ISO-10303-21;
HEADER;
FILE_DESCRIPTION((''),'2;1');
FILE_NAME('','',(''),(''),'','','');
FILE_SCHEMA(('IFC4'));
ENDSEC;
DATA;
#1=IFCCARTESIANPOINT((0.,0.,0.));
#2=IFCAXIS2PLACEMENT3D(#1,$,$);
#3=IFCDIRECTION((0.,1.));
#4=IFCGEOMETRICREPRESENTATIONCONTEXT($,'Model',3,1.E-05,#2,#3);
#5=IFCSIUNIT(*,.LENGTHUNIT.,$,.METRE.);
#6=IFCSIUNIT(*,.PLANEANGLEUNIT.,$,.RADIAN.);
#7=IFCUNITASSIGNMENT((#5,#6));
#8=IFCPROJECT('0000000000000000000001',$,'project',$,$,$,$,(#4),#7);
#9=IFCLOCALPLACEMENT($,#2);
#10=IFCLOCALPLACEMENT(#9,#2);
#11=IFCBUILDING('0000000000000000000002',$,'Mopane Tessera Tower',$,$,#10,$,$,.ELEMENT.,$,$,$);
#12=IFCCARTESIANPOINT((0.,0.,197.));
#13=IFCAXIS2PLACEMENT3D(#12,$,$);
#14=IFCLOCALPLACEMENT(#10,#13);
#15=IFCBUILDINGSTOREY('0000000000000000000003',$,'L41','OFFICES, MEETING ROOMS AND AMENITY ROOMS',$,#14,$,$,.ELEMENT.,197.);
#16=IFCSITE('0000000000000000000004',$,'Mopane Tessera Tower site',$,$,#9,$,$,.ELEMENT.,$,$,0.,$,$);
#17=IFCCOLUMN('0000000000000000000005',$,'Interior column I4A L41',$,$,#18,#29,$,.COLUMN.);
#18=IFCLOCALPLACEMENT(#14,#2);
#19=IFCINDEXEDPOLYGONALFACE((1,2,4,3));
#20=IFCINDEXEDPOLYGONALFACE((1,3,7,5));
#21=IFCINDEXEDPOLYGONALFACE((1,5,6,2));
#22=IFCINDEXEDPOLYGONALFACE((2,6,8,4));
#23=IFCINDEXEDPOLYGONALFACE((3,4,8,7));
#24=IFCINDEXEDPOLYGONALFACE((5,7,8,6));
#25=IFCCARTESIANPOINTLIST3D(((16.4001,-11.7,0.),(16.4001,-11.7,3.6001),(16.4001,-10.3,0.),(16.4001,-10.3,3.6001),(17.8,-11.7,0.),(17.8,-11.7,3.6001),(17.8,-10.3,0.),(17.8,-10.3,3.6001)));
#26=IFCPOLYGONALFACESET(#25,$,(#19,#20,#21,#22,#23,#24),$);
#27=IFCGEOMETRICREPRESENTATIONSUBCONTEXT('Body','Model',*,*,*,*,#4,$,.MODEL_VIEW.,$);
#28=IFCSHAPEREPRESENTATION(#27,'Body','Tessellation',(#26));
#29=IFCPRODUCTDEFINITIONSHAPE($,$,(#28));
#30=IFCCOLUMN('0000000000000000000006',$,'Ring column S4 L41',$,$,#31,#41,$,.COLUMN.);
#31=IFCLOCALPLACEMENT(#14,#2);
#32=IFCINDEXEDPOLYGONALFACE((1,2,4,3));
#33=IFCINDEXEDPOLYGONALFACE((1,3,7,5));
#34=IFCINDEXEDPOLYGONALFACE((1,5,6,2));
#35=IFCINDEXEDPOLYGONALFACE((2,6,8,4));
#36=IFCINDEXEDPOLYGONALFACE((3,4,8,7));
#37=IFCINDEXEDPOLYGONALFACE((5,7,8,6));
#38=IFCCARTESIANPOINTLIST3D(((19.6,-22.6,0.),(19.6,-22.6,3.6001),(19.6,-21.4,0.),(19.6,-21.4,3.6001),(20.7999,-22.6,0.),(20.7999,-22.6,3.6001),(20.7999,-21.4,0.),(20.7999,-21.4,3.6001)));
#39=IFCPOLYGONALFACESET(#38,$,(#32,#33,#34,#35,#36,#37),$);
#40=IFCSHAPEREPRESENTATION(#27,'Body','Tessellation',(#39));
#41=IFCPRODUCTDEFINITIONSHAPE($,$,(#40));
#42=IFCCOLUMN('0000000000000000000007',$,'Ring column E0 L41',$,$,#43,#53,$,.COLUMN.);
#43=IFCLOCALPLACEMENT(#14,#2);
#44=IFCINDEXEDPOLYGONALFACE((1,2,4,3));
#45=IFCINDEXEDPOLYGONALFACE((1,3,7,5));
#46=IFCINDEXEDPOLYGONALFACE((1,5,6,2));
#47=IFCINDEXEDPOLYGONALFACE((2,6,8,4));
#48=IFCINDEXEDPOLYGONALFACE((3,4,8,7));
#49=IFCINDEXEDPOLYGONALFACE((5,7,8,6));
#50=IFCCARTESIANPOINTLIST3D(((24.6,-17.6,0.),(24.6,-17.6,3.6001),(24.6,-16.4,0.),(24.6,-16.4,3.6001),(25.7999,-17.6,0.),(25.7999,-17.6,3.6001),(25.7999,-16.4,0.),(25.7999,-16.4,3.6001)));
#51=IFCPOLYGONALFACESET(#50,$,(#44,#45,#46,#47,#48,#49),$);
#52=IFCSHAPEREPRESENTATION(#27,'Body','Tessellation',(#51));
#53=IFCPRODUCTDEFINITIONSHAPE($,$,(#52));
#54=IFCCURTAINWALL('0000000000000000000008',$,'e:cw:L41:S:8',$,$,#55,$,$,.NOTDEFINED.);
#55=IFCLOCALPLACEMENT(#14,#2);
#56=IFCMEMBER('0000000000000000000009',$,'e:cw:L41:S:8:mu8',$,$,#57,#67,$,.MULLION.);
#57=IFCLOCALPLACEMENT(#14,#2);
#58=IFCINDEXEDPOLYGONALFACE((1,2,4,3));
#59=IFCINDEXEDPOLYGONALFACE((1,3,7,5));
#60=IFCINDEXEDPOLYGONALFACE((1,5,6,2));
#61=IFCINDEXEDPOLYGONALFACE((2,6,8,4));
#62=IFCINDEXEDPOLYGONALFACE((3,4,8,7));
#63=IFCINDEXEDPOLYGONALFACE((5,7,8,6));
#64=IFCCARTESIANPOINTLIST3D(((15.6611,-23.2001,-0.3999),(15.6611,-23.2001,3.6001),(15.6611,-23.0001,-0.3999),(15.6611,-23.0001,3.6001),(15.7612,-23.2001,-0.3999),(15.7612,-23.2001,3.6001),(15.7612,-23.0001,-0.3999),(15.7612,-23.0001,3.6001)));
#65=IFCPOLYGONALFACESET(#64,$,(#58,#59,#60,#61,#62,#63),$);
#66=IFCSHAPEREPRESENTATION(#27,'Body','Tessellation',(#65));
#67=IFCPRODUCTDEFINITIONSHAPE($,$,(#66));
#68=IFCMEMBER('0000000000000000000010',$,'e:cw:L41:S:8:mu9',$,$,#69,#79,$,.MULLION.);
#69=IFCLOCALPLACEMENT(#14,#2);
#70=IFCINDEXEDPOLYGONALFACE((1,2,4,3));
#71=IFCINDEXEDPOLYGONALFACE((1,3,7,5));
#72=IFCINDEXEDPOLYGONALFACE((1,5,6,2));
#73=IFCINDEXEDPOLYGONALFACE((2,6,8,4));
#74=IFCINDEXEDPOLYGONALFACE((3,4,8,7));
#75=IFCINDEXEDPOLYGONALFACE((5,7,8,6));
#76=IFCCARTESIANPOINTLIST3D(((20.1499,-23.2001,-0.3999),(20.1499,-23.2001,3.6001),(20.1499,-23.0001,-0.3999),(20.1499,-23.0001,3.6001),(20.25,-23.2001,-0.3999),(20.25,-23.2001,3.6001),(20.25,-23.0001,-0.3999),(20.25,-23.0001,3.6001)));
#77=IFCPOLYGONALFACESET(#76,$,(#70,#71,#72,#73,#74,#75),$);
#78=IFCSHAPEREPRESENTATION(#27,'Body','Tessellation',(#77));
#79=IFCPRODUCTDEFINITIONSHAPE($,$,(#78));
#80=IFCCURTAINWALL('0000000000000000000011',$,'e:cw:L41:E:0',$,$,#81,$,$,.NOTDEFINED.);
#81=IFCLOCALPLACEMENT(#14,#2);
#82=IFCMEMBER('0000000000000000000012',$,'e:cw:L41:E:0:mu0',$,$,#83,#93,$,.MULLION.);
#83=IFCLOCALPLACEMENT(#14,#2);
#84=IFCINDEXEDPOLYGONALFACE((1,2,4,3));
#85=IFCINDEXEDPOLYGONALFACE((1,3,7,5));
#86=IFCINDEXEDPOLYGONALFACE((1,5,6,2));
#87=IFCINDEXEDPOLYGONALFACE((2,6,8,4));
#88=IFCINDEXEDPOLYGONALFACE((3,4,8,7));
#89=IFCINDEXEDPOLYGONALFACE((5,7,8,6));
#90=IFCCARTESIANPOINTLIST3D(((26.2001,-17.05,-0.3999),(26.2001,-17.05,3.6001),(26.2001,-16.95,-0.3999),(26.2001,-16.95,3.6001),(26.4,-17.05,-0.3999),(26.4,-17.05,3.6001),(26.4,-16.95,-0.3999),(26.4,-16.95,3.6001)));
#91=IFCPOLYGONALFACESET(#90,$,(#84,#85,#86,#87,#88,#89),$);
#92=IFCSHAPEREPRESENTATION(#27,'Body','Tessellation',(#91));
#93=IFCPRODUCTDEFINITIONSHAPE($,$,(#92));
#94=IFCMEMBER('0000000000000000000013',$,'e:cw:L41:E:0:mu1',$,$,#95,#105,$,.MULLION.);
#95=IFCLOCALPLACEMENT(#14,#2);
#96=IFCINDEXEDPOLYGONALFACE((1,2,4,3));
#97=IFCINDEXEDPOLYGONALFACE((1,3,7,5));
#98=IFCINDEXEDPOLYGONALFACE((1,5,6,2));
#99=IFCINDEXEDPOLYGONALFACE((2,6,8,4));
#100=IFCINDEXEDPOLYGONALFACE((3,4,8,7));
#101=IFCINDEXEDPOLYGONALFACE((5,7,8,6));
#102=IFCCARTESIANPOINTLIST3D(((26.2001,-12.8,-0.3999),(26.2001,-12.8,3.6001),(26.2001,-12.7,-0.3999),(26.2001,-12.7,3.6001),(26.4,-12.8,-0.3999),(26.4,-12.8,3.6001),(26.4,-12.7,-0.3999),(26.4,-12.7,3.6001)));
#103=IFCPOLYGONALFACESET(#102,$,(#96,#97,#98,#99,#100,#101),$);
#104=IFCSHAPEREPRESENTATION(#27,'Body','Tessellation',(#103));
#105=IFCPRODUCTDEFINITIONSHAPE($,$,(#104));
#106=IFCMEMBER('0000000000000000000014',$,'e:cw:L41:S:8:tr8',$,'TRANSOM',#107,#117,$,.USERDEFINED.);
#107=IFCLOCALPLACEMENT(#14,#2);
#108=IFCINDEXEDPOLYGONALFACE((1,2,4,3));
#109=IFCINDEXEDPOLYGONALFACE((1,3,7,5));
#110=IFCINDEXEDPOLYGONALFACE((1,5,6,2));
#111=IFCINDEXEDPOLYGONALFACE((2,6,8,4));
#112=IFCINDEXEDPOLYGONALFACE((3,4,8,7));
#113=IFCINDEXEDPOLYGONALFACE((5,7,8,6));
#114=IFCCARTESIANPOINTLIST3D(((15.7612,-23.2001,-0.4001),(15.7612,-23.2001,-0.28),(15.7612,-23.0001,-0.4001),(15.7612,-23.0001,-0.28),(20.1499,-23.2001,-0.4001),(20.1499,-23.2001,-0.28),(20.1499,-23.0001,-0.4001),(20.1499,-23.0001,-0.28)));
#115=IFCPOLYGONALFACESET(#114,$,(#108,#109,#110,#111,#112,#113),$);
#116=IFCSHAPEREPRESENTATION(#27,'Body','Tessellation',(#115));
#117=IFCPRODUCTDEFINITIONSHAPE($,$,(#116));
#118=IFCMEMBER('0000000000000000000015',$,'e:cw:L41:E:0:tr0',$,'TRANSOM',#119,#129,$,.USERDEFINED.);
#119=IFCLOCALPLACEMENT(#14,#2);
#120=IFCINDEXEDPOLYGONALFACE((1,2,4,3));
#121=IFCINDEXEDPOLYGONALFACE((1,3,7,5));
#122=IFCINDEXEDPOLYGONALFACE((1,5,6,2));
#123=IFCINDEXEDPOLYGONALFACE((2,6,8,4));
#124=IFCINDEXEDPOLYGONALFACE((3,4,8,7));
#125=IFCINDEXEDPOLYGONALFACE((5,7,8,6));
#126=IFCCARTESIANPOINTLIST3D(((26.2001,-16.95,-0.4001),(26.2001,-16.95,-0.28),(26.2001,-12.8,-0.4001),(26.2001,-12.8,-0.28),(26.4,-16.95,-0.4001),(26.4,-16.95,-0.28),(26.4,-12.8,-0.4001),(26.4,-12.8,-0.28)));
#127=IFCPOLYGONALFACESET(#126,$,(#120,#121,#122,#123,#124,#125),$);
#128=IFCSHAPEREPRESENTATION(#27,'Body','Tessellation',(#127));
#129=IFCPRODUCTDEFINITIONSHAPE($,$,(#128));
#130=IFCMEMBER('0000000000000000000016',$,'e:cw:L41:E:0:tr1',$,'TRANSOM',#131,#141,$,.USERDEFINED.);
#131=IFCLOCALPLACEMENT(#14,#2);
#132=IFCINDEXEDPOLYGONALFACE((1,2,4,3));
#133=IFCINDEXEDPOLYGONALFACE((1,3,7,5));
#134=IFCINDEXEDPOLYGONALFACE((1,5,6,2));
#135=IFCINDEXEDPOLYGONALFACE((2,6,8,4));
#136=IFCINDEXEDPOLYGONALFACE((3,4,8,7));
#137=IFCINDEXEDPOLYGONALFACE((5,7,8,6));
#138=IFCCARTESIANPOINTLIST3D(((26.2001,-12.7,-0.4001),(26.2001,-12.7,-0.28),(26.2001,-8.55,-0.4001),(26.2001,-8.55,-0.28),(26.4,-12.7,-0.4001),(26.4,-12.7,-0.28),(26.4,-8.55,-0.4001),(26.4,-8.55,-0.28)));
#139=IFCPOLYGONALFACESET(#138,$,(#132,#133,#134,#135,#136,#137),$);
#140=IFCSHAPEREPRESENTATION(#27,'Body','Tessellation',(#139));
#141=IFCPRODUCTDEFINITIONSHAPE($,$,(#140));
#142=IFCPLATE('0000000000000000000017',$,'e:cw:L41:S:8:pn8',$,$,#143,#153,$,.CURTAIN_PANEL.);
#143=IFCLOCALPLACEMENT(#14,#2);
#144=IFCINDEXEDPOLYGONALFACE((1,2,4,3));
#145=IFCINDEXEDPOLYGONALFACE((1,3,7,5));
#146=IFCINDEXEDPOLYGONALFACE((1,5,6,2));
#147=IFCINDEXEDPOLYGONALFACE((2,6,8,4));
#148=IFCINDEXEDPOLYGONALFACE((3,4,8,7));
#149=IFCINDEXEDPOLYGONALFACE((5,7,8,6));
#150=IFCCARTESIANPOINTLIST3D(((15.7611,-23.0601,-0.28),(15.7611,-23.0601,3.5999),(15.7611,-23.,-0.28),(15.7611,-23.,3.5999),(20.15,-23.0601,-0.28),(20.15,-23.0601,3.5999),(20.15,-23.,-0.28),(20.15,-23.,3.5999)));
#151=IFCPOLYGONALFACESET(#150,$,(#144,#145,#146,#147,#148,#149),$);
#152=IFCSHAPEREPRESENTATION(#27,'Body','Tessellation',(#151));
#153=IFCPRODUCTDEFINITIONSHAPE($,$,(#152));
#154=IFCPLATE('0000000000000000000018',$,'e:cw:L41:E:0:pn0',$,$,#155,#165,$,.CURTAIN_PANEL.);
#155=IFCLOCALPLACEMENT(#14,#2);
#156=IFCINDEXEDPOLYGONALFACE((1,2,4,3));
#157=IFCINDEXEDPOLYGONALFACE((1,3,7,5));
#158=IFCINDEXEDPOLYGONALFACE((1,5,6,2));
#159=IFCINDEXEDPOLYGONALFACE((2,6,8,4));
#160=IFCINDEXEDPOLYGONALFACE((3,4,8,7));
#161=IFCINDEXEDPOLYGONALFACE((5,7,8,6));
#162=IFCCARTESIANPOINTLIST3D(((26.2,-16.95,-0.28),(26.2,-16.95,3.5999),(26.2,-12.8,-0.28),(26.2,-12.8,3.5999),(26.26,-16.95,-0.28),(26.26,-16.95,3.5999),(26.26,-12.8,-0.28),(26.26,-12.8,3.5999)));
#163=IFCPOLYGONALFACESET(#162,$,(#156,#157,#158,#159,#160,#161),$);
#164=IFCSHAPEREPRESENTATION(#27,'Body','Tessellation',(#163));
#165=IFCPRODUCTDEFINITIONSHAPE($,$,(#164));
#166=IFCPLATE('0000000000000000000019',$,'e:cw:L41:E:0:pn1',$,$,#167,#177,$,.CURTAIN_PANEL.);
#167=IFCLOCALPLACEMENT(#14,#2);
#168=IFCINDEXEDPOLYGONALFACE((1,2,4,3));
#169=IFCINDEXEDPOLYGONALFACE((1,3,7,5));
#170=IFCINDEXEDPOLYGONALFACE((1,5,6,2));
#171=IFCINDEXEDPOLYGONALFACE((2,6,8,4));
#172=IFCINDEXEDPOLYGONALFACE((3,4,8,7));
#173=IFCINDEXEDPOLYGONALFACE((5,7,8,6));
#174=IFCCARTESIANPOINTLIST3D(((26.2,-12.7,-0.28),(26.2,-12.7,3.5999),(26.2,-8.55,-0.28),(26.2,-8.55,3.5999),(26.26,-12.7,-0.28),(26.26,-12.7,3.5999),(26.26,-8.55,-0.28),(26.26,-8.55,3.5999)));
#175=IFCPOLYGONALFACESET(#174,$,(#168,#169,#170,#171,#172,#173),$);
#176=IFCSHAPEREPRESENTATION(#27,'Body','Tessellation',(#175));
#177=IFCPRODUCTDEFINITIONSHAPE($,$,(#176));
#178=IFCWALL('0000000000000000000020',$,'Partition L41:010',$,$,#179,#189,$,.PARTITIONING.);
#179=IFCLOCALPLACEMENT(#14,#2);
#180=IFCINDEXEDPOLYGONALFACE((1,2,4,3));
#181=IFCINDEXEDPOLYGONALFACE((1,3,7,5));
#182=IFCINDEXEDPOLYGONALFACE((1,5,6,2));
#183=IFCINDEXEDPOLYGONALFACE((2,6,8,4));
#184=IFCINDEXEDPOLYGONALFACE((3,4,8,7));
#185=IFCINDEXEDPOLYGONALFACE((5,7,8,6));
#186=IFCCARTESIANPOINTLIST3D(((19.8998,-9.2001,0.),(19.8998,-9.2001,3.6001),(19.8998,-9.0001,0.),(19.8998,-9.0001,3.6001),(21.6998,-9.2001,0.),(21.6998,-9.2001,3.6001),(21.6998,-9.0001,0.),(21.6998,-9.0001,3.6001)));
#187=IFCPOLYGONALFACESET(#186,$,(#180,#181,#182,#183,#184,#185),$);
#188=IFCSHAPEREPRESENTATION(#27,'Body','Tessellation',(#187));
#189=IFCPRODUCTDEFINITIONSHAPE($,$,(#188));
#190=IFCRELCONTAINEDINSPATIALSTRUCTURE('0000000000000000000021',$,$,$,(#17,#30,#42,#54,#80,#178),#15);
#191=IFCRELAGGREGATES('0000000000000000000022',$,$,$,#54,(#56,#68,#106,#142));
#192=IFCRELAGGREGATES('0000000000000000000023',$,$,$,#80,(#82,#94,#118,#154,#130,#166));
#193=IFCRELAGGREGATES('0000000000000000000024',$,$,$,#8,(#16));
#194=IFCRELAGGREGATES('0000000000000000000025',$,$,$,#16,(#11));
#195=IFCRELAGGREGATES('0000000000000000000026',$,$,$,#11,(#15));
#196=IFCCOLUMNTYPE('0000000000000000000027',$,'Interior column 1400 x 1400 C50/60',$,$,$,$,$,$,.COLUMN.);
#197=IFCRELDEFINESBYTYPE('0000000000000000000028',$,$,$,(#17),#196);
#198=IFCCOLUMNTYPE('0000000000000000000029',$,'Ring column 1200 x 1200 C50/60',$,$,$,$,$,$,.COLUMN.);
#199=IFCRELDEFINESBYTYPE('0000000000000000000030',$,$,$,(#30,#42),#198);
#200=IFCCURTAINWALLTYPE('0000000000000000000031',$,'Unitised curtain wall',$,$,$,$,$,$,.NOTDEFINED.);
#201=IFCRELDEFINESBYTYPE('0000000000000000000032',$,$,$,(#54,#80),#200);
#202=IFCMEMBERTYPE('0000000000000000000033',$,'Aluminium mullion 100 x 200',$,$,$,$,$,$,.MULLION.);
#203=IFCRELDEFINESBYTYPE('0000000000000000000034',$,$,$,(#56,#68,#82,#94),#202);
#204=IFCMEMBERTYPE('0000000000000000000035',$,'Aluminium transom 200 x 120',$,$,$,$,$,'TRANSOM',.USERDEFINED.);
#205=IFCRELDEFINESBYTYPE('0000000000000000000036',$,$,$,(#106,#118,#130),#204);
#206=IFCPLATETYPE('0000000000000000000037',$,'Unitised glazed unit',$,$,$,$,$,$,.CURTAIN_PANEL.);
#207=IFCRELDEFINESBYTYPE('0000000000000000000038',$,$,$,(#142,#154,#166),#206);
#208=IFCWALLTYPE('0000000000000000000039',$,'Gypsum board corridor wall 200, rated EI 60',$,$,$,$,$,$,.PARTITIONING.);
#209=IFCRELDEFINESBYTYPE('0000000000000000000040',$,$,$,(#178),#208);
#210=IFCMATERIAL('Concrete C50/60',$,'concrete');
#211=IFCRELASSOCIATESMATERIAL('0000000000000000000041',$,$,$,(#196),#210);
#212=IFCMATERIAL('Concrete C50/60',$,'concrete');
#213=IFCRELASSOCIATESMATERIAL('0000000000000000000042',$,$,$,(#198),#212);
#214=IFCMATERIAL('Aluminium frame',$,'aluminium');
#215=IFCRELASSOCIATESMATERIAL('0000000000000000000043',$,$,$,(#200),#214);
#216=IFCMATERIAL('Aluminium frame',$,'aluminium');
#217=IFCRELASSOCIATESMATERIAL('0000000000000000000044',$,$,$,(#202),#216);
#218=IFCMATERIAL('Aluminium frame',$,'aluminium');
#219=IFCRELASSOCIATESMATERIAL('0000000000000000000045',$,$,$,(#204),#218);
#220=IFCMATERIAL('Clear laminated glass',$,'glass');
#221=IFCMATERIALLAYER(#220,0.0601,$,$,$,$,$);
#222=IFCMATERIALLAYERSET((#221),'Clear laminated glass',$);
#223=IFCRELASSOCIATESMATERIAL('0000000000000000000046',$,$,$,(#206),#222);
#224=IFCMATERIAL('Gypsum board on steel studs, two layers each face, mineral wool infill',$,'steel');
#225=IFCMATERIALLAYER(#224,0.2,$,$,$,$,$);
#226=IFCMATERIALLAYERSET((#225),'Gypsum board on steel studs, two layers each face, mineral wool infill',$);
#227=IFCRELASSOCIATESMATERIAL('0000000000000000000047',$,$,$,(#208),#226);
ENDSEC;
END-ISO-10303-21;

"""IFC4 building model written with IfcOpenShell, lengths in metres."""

from ifc_helpers import new_model, si_unit, direction, frame, frame_2d, origin, origin_2d, place, context, subcontext, project, spatial, rectangle, extrude, material, layer, layer_set, material_profile, profile_set, type_object, element, aggregate, save


model = new_model("IFC4")

# Units and contexts
model_context = context("Model", 3, precision=1e-05, world=origin(), true_north=direction((0.0, 1.0)))
body_context = subcontext(model_context, "Body", "Model", "MODEL_VIEW")
ifc_project = project(units=[si_unit("LENGTHUNIT", "METRE"), si_unit("PLANEANGLEUNIT", "RADIAN")], contexts=[model_context])

# Site, building, storey
site_placement = place(None, origin())
site = spatial("IfcSite", under=ifc_project, at=site_placement, Name="Mopane Tessera Tower site", CompositionType="ELEMENT", RefElevation=0.0)
building_placement = place(site_placement, origin())
building = spatial("IfcBuilding", under=site, at=building_placement, Name="Mopane Tessera Tower", CompositionType="ELEMENT")
storey_placement = place(building_placement, frame((0.0, 0.0, 197.0)))
storey = spatial("IfcBuildingStorey", under=building, at=storey_placement, Name="L41", Description="OFFICES, MEETING ROOMS AND AMENITY ROOMS", CompositionType="ELEMENT", Elevation=197.0)

# Columns
ifc_material_1 = material(Name="Concrete C50/60", Category="concrete")
ifc_material_profile_1 = material_profile(ifc_material_1, rectangle(XDim=1.3999, YDim=1.3999, at=origin_2d()))
ifc_profile_set_1 = profile_set([ifc_material_profile_1], Name="Concrete C50/60")
column_type_1 = type_object("IfcColumnType", Name="Interior column 1400 x 1400 C50/60", PredefinedType="COLUMN", material=ifc_profile_set_1)
column_placement = place(storey_placement, frame((17.1001, -11.0, 0.0), z_axis=(0.0, 0.0, 1.0), x_axis=(1.0, 0.0, 0.0)))
element("IfcColumn", 1, at=column_placement, inside=storey, type_object=column_type_1, Name="Interior column I4A L41", PredefinedType="COLUMN", context=body_context, shape_type="SweptSolid", body=[
    extrude(rectangle(XDim=1.3999, YDim=1.3999, at=origin_2d()), origin(), (0.0, 0.0, 1.0), 3.6001),
])
ifc_material_2 = material(Name="Concrete C50/60", Category="concrete")
ifc_material_profile_2 = material_profile(ifc_material_2, rectangle(XDim=1.2, YDim=1.2, at=origin_2d()))
ifc_profile_set_2 = profile_set([ifc_material_profile_2], Name="Concrete C50/60")
column_type_2 = type_object("IfcColumnType", Name="Ring column 1200 x 1200 C50/60", PredefinedType="COLUMN", material=ifc_profile_set_2)
for number, where, z_axis, x_axis, name in (
    (2, (20.2, -22.0, 0.0), (0.0, 0.0, 1.0), (1.0, 0.0, 0.0), "Ring column S4 L41"),
    (3, (25.2, -17.0, 0.0), (0.0, 0.0, 1.0), (1.0, 0.0, 0.0), "Ring column E0 L41"),
):
    element("IfcColumn", number, at=place(storey_placement, frame(where, z_axis=z_axis, x_axis=x_axis)), inside=storey, type_object=column_type_2, Name=name, PredefinedType="COLUMN", context=body_context, shape_type="SweptSolid", body=[
        extrude(rectangle(XDim=1.2, YDim=1.2, at=origin_2d()), origin(), (0.0, 0.0, 1.0), 3.6001),
    ])

# Curtain walls, members
ifc_material_3 = material(Name="Aluminium frame", Category="aluminium")
curtain_wall_type = type_object("IfcCurtainWallType", Name="Unitised curtain wall", PredefinedType="NOTDEFINED", material=ifc_material_3)
curtain_wall_1_placement = place(storey_placement, origin())
curtain_wall_1 = element("IfcCurtainWall", 4, at=curtain_wall_1_placement, inside=storey, type_object=curtain_wall_type, Name="e:cw:L41:S:8", PredefinedType="NOTDEFINED")
ifc_material_4 = material(Name="Aluminium frame", Category="aluminium")
ifc_material_profile_3 = material_profile(ifc_material_4, rectangle(XDim=0.1001, YDim=0.2, at=origin_2d()))
ifc_profile_set_3 = profile_set([ifc_material_profile_3], Name="Aluminium frame")
member_type_1 = type_object("IfcMemberType", Name="Aluminium mullion 100 x 200", PredefinedType="MULLION", material=ifc_profile_set_3)
member_1_placement = place(storey_placement, frame((15.7112, -23.1001, -0.3999), z_axis=(0.0, 0.0, 1.0), x_axis=(1.0, 0.0, 0.0)))
member_1 = element("IfcMember", 5, at=member_1_placement, type_object=member_type_1, Name="e:cw:L41:S:8:mu8", PredefinedType="MULLION", context=body_context, shape_type="SweptSolid", body=[
    extrude(rectangle(XDim=0.1001, YDim=0.2, at=origin_2d()), origin(), (0.0, 0.0, 1.0), 4.0),
])
member_2_placement = place(storey_placement, frame((20.2, -23.1001, -0.3999), z_axis=(0.0, 0.0, 1.0), x_axis=(1.0, 0.0, 0.0)))
member_2 = element("IfcMember", 6, at=member_2_placement, type_object=member_type_1, Name="e:cw:L41:S:8:mu9", PredefinedType="MULLION", context=body_context, shape_type="SweptSolid", body=[
    extrude(rectangle(XDim=0.1001, YDim=0.2, at=origin_2d()), origin(), (0.0, 0.0, 1.0), 4.0),
])
curtain_wall_2_placement = place(storey_placement, origin())
curtain_wall_2 = element("IfcCurtainWall", 7, at=curtain_wall_2_placement, inside=storey, type_object=curtain_wall_type, Name="e:cw:L41:E:0", PredefinedType="NOTDEFINED")
member_3_placement = place(storey_placement, frame((26.3, -17.0, -0.3999), z_axis=(0.0, 0.0, 1.0), x_axis=(0.0, 1.0, 0.0)))
member_3 = element("IfcMember", 8, at=member_3_placement, type_object=member_type_1, Name="e:cw:L41:E:0:mu0", PredefinedType="MULLION", context=body_context, shape_type="SweptSolid", body=[
    extrude(rectangle(XDim=0.1001, YDim=0.2, at=origin_2d()), origin(), (0.0, 0.0, 1.0), 4.0),
])
member_4_placement = place(storey_placement, frame((26.3, -12.75, -0.3999), z_axis=(0.0, 0.0, 1.0), x_axis=(0.0, 1.0, 0.0)))
member_4 = element("IfcMember", 9, at=member_4_placement, type_object=member_type_1, Name="e:cw:L41:E:0:mu1", PredefinedType="MULLION", context=body_context, shape_type="SweptSolid", body=[
    extrude(rectangle(XDim=0.1001, YDim=0.2, at=origin_2d()), origin(), (0.0, 0.0, 1.0), 4.0),
])

# Members
ifc_material_5 = material(Name="Aluminium frame", Category="aluminium")
ifc_material_profile_4 = material_profile(ifc_material_5, rectangle(XDim=0.2, YDim=0.1201, at=origin_2d()))
ifc_profile_set_4 = profile_set([ifc_material_profile_4], Name="Aluminium frame")
member_type_2 = type_object("IfcMemberType", Name="Aluminium transom 200 x 120", ElementType="TRANSOM", PredefinedType="USERDEFINED", material=ifc_profile_set_4)
member_5_placement = place(storey_placement, frame((15.7612, -23.1001, -0.3401), z_axis=(1.0, 0.0, 0.0), x_axis=(0.0, 1.0, 0.0)))
member_5 = element("IfcMember", 10, at=member_5_placement, type_object=member_type_2, Name="e:cw:L41:S:8:tr8", ObjectType="TRANSOM", PredefinedType="USERDEFINED", context=body_context, shape_type="SweptSolid", body=[
    extrude(rectangle(XDim=0.2, YDim=0.1201, at=origin_2d()), origin(), (0.0, 0.0, 1.0), 4.3887),
])
member_6_placement = place(storey_placement, frame((26.3, -16.95, -0.3401), z_axis=(0.0, 1.0, 0.0), x_axis=(-1.0, 0.0, 0.0)))
member_6 = element("IfcMember", 11, at=member_6_placement, type_object=member_type_2, Name="e:cw:L41:E:0:tr0", ObjectType="TRANSOM", PredefinedType="USERDEFINED", context=body_context, shape_type="SweptSolid", body=[
    extrude(rectangle(XDim=0.2, YDim=0.1201, at=origin_2d()), origin(), (0.0, 0.0, 1.0), 4.1499),
])
member_7_placement = place(storey_placement, frame((26.3, -12.7, -0.3401), z_axis=(0.0, 1.0, 0.0), x_axis=(-1.0, 0.0, 0.0)))
member_7 = element("IfcMember", 12, at=member_7_placement, type_object=member_type_2, Name="e:cw:L41:E:0:tr1", ObjectType="TRANSOM", PredefinedType="USERDEFINED", context=body_context, shape_type="SweptSolid", body=[
    extrude(rectangle(XDim=0.2, YDim=0.1201, at=origin_2d()), origin(), (0.0, 0.0, 1.0), 4.1499),
])

# Plates
ifc_material_6 = material(Name="Clear laminated glass", Category="glass")
ifc_layer_1 = layer(ifc_material_6, 0.0601)
ifc_layer_set_1 = layer_set([ifc_layer_1], Name="Clear laminated glass")
plate_type = type_object("IfcPlateType", Name="Unitised glazed unit", PredefinedType="CURTAIN_PANEL", material=ifc_layer_set_1)
plate_1_placement = place(storey_placement, frame((17.9556, -23.03, -0.28), z_axis=(0.0, 0.0, 1.0), x_axis=(1.0, 0.0, 0.0)))
plate_1 = element("IfcPlate", 13, at=plate_1_placement, type_object=plate_type, Name="e:cw:L41:S:8:pn8", PredefinedType="CURTAIN_PANEL", context=body_context, shape_type="SweptSolid", body=[
    extrude(rectangle(XDim=4.3889, YDim=0.0601, at=origin_2d()), origin(), (0.0, 0.0, 1.0), 3.8799),
])
aggregate(curtain_wall_1, [member_1, member_2, member_5, plate_1])
plate_2_placement = place(storey_placement, frame((26.23, -14.875, -0.28), z_axis=(0.0, 0.0, 1.0), x_axis=(0.0, 1.0, 0.0)))
plate_2 = element("IfcPlate", 14, at=plate_2_placement, type_object=plate_type, Name="e:cw:L41:E:0:pn0", PredefinedType="CURTAIN_PANEL", context=body_context, shape_type="SweptSolid", body=[
    extrude(rectangle(XDim=4.1499, YDim=0.0601, at=origin_2d()), origin(), (0.0, 0.0, 1.0), 3.8799),
])
plate_3_placement = place(storey_placement, frame((26.23, -10.625, -0.28), z_axis=(0.0, 0.0, 1.0), x_axis=(0.0, 1.0, 0.0)))
plate_3 = element("IfcPlate", 15, at=plate_3_placement, type_object=plate_type, Name="e:cw:L41:E:0:pn1", PredefinedType="CURTAIN_PANEL", context=body_context, shape_type="SweptSolid", body=[
    extrude(rectangle(XDim=4.1499, YDim=0.0601, at=origin_2d()), origin(), (0.0, 0.0, 1.0), 3.8799),
])
aggregate(curtain_wall_2, [member_3, member_4, member_6, plate_2, member_7, plate_3])

# Wall
ifc_material_7 = material(Name="Gypsum board on steel studs, two layers each face, mineral wool infill", Category="steel")
ifc_layer_2 = layer(ifc_material_7, 0.2)
ifc_layer_set_2 = layer_set([ifc_layer_2], Name="Gypsum board on steel studs, two layers each face, mineral wool infill")
wall_type_1 = type_object("IfcWallType", Name="Gypsum board corridor wall 200, rated EI 60", PredefinedType="PARTITIONING", material=ifc_layer_set_2)
wall_1_placement = place(storey_placement, frame((19.8999, -9.1001, 0.0), z_axis=(0.0, 0.0, 1.0), x_axis=(1.0, 0.0, 0.0)))
element("IfcWall", 16, at=wall_1_placement, inside=storey, type_object=wall_type_1, Name="Partition L41:010", PredefinedType="PARTITIONING", context=body_context, shape_type="SweptSolid", body=[
    extrude(rectangle(XDim=1.8, YDim=0.2, at=frame_2d((0.8999, 0.0))), origin(), (0.0, 0.0, 1.0), 3.6001),
])

save(model, "model.ifc")
